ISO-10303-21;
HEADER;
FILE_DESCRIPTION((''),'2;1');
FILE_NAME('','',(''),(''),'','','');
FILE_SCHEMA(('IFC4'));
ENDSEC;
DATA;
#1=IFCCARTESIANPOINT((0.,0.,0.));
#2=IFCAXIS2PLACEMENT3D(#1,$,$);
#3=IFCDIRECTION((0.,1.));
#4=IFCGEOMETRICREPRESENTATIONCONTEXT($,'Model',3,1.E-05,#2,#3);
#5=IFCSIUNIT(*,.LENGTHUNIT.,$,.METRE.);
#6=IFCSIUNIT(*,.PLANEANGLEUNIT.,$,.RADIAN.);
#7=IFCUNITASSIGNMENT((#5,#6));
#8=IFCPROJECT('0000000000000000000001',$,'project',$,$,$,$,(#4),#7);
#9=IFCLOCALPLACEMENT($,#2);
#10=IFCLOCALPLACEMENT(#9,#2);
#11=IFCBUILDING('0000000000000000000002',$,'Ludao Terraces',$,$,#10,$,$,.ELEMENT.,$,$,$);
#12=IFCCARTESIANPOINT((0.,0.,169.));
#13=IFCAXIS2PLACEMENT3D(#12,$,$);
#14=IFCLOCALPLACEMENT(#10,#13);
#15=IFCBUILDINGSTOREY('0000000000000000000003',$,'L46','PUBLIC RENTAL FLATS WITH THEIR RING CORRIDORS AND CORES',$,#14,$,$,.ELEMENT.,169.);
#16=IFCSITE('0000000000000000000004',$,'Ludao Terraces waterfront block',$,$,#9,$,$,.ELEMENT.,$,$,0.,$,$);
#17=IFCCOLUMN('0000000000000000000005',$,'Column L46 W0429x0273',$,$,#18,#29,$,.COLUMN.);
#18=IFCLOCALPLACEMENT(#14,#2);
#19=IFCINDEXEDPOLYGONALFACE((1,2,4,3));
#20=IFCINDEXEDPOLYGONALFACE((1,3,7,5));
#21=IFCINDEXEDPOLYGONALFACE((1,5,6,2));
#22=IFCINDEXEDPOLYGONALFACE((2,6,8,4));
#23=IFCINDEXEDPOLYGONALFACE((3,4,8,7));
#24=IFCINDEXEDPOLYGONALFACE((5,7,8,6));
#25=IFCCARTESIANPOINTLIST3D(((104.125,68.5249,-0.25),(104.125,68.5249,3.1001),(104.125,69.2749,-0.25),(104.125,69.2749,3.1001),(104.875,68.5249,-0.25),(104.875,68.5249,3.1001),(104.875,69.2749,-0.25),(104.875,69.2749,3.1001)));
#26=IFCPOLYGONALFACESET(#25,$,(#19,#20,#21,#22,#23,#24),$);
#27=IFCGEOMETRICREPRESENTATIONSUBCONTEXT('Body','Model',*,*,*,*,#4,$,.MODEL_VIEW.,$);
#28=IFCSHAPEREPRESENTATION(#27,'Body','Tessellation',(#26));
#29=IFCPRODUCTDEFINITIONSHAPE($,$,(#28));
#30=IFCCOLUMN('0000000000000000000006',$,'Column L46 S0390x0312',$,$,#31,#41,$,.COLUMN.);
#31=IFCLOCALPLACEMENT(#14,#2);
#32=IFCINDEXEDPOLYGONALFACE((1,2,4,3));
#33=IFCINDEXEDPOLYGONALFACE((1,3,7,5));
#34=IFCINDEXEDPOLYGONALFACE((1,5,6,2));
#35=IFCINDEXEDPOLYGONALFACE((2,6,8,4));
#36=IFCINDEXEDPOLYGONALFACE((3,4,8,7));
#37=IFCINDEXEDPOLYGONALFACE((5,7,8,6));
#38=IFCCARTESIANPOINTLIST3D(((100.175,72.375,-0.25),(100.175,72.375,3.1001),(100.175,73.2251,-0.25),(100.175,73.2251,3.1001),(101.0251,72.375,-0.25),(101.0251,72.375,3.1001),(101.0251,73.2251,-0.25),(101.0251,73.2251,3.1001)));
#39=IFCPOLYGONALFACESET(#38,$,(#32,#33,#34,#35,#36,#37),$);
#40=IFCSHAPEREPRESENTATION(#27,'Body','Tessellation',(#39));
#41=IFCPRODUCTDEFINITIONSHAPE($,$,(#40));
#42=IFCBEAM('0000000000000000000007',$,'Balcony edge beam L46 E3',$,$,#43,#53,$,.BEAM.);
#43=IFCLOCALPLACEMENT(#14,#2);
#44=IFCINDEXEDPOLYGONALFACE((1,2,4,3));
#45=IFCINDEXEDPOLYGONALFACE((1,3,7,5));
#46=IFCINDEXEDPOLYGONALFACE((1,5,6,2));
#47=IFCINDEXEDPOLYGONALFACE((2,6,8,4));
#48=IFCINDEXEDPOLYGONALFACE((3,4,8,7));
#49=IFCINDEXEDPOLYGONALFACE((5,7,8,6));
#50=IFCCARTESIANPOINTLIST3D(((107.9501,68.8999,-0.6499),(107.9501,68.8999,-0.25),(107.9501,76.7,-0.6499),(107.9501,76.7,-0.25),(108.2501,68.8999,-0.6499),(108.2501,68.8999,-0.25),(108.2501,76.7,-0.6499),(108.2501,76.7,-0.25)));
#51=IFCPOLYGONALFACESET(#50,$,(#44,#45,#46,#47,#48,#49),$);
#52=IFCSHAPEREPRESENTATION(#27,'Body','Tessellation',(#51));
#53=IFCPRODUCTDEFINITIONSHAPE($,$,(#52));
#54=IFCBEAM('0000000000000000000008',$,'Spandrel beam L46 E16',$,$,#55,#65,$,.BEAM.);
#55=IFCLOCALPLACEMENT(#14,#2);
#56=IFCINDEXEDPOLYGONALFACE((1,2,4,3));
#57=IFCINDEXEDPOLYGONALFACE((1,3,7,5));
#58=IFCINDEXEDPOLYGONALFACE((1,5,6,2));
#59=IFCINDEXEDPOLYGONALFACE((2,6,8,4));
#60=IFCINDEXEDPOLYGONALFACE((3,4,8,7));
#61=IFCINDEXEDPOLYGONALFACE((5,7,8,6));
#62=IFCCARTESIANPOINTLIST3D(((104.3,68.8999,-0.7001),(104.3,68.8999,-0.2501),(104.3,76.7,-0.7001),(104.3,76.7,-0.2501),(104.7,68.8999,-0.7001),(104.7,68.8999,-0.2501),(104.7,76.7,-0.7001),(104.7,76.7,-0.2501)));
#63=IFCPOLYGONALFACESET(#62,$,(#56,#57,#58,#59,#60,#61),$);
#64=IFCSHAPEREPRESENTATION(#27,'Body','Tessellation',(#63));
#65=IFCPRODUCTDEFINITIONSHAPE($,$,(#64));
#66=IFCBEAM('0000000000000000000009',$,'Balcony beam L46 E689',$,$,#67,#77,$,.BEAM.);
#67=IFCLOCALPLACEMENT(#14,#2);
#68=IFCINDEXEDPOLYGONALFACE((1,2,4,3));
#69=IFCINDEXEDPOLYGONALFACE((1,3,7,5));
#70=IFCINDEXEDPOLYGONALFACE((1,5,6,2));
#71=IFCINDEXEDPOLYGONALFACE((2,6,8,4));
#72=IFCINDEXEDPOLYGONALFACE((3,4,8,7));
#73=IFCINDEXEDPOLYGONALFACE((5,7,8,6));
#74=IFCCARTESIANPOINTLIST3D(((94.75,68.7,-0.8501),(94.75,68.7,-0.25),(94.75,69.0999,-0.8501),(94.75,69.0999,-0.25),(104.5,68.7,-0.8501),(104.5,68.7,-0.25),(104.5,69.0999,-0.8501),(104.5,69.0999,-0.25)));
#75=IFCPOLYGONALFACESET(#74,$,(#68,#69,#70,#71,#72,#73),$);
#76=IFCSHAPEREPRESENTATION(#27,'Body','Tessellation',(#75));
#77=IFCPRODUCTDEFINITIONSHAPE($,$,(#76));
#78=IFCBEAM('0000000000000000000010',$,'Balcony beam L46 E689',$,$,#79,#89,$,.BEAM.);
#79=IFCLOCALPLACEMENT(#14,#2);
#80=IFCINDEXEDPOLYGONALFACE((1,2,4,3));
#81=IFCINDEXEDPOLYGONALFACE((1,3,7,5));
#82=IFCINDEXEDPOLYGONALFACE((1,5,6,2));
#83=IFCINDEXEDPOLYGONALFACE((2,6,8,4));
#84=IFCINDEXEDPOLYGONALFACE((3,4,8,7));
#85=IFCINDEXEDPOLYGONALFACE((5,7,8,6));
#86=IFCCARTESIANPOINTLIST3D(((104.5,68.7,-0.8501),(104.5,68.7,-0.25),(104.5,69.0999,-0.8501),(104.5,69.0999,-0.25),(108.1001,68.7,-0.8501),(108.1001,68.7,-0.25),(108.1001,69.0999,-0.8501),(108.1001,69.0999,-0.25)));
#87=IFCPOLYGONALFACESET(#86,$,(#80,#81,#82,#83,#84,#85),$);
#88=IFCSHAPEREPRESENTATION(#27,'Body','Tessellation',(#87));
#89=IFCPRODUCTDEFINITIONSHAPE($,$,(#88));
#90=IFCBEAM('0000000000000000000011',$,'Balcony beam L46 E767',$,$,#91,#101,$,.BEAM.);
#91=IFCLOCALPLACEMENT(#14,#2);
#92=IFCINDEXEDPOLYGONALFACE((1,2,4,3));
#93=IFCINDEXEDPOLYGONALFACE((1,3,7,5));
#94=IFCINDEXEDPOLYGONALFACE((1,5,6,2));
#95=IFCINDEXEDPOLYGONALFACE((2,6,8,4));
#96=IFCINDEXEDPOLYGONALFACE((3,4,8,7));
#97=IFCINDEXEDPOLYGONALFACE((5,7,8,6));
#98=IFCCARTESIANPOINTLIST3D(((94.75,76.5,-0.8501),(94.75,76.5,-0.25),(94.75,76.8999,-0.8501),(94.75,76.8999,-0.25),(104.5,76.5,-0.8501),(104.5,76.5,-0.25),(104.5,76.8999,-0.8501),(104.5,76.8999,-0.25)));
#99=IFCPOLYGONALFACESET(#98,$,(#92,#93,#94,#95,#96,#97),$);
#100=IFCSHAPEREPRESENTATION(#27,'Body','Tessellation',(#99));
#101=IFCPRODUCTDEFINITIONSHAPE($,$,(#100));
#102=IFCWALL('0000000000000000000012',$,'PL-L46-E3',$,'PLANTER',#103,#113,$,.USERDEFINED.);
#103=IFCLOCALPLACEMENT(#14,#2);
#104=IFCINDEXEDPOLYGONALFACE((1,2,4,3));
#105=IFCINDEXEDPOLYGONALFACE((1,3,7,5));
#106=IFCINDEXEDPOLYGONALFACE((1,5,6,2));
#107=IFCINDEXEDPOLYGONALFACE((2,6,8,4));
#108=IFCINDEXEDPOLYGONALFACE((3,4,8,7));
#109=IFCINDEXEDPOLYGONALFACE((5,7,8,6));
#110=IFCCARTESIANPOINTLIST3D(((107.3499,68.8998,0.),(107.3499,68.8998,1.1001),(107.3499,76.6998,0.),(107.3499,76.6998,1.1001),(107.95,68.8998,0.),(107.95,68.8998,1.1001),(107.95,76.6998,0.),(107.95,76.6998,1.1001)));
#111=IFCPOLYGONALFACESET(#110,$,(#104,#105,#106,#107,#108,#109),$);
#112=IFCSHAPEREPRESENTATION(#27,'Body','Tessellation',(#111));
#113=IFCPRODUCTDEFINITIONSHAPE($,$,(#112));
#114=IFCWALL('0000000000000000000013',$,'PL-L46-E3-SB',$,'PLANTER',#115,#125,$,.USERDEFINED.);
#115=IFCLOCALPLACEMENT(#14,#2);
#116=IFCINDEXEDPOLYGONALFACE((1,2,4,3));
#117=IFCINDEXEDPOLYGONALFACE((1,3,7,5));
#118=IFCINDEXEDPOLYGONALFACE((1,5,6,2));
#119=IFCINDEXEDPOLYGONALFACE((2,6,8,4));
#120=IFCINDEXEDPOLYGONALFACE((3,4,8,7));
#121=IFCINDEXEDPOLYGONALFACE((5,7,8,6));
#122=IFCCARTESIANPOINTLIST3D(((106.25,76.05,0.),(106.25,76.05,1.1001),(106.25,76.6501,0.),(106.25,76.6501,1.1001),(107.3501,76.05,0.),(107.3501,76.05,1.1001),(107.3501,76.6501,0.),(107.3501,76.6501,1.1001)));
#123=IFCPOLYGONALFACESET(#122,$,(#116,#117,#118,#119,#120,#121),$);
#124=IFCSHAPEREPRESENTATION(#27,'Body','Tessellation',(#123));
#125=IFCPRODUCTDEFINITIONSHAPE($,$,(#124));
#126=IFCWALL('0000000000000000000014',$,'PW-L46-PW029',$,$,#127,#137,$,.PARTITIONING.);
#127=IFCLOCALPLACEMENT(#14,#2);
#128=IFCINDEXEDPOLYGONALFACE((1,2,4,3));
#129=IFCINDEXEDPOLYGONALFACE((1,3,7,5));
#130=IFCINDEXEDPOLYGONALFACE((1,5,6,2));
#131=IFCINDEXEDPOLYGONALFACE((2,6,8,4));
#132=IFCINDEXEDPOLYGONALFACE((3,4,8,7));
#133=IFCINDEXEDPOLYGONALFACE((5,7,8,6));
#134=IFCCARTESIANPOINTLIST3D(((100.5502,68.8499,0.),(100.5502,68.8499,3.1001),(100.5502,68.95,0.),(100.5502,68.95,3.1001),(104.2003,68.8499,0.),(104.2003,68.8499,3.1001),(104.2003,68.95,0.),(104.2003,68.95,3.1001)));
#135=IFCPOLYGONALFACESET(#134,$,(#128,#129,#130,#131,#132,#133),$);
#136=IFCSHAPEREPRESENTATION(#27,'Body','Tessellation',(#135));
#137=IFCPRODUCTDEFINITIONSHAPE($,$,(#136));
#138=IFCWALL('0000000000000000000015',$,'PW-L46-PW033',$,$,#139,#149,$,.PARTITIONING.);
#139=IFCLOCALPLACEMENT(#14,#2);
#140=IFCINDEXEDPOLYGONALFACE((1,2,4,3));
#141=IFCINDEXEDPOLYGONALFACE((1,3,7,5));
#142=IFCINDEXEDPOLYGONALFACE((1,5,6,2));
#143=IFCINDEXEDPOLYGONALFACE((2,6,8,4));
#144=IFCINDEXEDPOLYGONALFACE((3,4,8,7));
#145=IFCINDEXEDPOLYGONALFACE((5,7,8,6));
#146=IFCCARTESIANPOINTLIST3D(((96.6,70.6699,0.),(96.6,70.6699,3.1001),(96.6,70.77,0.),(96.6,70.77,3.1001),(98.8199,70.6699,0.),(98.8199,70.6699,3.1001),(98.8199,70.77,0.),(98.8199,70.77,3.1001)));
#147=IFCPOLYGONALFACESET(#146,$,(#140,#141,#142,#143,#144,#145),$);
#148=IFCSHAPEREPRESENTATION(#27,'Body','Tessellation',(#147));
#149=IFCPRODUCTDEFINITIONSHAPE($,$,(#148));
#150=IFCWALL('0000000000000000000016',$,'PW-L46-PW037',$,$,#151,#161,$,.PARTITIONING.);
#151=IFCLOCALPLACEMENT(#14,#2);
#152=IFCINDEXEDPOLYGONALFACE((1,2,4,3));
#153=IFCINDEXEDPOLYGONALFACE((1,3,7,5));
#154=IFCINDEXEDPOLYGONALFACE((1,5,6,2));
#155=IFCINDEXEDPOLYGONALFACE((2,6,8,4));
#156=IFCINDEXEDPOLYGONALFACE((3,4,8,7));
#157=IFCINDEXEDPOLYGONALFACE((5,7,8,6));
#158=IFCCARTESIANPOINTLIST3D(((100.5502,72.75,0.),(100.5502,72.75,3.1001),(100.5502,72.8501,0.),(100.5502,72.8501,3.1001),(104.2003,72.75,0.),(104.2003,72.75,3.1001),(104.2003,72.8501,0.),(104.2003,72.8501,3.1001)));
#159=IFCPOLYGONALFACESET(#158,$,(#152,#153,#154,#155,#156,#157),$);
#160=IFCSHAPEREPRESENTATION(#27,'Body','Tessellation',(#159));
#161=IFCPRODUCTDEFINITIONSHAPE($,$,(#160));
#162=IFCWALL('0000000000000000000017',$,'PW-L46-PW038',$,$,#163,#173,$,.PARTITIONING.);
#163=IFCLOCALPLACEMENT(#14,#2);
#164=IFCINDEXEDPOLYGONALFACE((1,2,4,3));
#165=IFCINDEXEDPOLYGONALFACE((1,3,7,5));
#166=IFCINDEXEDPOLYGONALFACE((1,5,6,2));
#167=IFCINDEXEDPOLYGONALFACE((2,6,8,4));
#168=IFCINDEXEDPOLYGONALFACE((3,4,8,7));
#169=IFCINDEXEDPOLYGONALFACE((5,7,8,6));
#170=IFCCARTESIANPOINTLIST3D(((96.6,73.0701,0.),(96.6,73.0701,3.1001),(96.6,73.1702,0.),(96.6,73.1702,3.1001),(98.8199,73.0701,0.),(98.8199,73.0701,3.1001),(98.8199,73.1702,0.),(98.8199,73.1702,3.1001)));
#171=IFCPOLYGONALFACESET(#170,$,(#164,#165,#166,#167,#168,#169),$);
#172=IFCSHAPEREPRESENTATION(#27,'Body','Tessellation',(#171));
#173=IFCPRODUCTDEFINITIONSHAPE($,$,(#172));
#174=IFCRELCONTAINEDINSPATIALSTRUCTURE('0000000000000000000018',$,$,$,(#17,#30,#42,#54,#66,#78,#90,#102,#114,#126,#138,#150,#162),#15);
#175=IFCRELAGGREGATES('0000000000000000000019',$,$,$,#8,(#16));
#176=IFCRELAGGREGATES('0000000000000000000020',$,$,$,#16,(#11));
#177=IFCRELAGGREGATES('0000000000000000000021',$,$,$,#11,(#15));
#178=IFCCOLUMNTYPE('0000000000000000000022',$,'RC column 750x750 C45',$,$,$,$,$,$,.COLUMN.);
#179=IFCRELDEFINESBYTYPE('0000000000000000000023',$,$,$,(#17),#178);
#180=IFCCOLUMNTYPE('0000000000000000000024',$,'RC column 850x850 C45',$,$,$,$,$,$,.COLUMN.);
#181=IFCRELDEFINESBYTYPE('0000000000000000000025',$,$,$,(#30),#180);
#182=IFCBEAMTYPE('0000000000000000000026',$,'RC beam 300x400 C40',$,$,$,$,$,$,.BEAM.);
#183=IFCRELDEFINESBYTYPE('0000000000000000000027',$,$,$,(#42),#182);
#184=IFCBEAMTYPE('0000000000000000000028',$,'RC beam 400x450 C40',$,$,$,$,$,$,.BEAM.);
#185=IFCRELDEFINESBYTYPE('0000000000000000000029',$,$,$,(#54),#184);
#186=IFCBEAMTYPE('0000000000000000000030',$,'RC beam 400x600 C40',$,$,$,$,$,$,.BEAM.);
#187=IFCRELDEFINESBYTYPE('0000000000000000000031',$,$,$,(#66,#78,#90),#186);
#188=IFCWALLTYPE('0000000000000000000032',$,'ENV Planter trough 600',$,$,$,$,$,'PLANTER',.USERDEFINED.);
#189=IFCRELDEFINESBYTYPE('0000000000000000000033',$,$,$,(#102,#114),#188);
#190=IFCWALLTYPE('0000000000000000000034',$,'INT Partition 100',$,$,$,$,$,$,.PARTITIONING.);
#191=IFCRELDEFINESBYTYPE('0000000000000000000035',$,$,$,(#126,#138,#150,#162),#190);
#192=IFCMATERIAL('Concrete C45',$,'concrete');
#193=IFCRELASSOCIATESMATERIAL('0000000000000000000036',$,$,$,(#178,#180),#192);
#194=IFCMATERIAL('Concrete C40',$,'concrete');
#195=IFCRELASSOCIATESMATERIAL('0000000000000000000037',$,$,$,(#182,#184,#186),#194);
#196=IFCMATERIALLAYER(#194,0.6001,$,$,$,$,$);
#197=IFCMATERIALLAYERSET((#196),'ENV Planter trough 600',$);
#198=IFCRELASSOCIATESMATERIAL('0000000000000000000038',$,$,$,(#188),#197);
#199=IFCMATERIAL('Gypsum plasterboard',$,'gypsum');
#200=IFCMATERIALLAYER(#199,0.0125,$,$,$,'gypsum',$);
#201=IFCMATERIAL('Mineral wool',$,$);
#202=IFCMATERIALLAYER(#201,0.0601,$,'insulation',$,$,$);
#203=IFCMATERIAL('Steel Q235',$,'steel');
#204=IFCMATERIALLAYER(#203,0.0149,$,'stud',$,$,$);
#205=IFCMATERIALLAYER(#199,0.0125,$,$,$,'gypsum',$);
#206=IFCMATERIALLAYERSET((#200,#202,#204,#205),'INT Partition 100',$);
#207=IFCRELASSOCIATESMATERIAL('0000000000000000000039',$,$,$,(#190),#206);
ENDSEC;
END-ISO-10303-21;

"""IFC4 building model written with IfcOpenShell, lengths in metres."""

from ifc_helpers import new_model, si_unit, direction, frame, frame_2d, origin, origin_2d, place, context, subcontext, project, spatial, rectangle, extrude, material, layer, layer_set, material_profile, profile_set, type_object, element, save


model = new_model("IFC4")

# Units and contexts
model_context = context("Model", 3, precision=1e-05, world=origin(), true_north=direction((0.0, 1.0)))
body_context = subcontext(model_context, "Body", "Model", "MODEL_VIEW")
ifc_project = project(units=[si_unit("LENGTHUNIT", "METRE"), si_unit("PLANEANGLEUNIT", "RADIAN")], contexts=[model_context])

# Site, building, storey
site_placement = place(None, origin())
site = spatial("IfcSite", under=ifc_project, at=site_placement, Name="Ludao Terraces waterfront block", CompositionType="ELEMENT", RefElevation=0.0)
building_placement = place(site_placement, origin())
building = spatial("IfcBuilding", under=site, at=building_placement, Name="Ludao Terraces", CompositionType="ELEMENT")
storey_placement = place(building_placement, frame((0.0, 0.0, 169.0)))
storey = spatial("IfcBuildingStorey", under=building, at=storey_placement, Name="L46", Description="PUBLIC RENTAL FLATS WITH THEIR RING CORRIDORS AND CORES", CompositionType="ELEMENT", Elevation=169.0)

# Columns
ifc_material_1 = material(Name="Concrete C45", Category="concrete")
ifc_material_profile_1 = material_profile(ifc_material_1, rectangle(XDim=0.75, YDim=0.75, at=origin_2d()), Name="750 X 750")
ifc_profile_set_1 = profile_set([ifc_material_profile_1], Name="Concrete C45")
column_type_1 = type_object("IfcColumnType", Name="RC column 750x750 C45", PredefinedType="COLUMN", material=ifc_profile_set_1)
column_1_placement = place(storey_placement, frame((104.5, 68.8999, -0.25), z_axis=(0.0, 0.0, 1.0), x_axis=(1.0, 0.0, 0.0)))
element("IfcColumn", 1, at=column_1_placement, inside=storey, type_object=column_type_1, Name="Column L46 W0429x0273", PredefinedType="COLUMN", context=body_context, shape_type="SweptSolid", body=[
    extrude(rectangle(XDim=0.75, YDim=0.75, at=origin_2d()), origin(), (0.0, 0.0, 1.0), 3.3501),
])
ifc_material_profile_2 = material_profile(ifc_material_1, rectangle(XDim=0.8501, YDim=0.8501, at=origin_2d()), Name="850 X 850")
ifc_profile_set_2 = profile_set([ifc_material_profile_2], Name="Concrete C45")
column_type_2 = type_object("IfcColumnType", Name="RC column 850x850 C45", PredefinedType="COLUMN", material=ifc_profile_set_2)
column_2_placement = place(storey_placement, frame((100.6001, 72.8, -0.25), z_axis=(0.0, 0.0, 1.0), x_axis=(1.0, 0.0, 0.0)))
element("IfcColumn", 2, at=column_2_placement, inside=storey, type_object=column_type_2, Name="Column L46 S0390x0312", PredefinedType="COLUMN", context=body_context, shape_type="SweptSolid", body=[
    extrude(rectangle(XDim=0.8501, YDim=0.8501, at=origin_2d()), origin(), (0.0, 0.0, 1.0), 3.3501),
])

# Beams
ifc_material_2 = material(Name="Concrete C40", Category="concrete")
ifc_material_profile_3 = material_profile(ifc_material_2, rectangle(XDim=0.3, YDim=0.3999, at=origin_2d()), Name="300 X 400")
ifc_profile_set_3 = profile_set([ifc_material_profile_3], Name="Concrete C40")
beam_type_1 = type_object("IfcBeamType", Name="RC beam 300x400 C40", PredefinedType="BEAM", material=ifc_profile_set_3)
beam_1_placement = place(storey_placement, frame((108.1001, 68.8999, -0.45), z_axis=(0.0, 1.0, 0.0), x_axis=(-1.0, 0.0, 0.0)))
element("IfcBeam", 3, at=beam_1_placement, inside=storey, type_object=beam_type_1, Name="Balcony edge beam L46 E3", PredefinedType="BEAM", context=body_context, shape_type="SweptSolid", body=[
    extrude(rectangle(XDim=0.3, YDim=0.3999, at=origin_2d()), origin(), (0.0, 0.0, 1.0), 7.8),
])
ifc_material_profile_4 = material_profile(ifc_material_2, rectangle(XDim=0.3999, YDim=0.45, at=origin_2d()), Name="400 X 450")
ifc_profile_set_4 = profile_set([ifc_material_profile_4], Name="Concrete C40")
beam_type_2 = type_object("IfcBeamType", Name="RC beam 400x450 C40", PredefinedType="BEAM", material=ifc_profile_set_4)
beam_2_placement = place(storey_placement, frame((104.5, 68.8999, -0.4751), z_axis=(0.0, 1.0, 0.0), x_axis=(-1.0, 0.0, 0.0)))
element("IfcBeam", 4, at=beam_2_placement, inside=storey, type_object=beam_type_2, Name="Spandrel beam L46 E16", PredefinedType="BEAM", context=body_context, shape_type="SweptSolid", body=[
    extrude(rectangle(XDim=0.3999, YDim=0.45, at=origin_2d()), origin(), (0.0, 0.0, 1.0), 7.8),
])
ifc_material_profile_5 = material_profile(ifc_material_2, rectangle(XDim=0.3999, YDim=0.6001, at=origin_2d()), Name="400 X 600")
ifc_profile_set_5 = profile_set([ifc_material_profile_5], Name="Concrete C40")
beam_type_3 = type_object("IfcBeamType", Name="RC beam 400x600 C40", PredefinedType="BEAM", material=ifc_profile_set_5)
beam_3_placement = place(storey_placement, frame((94.75, 68.8999, -0.55), z_axis=(1.0, 0.0, 0.0), x_axis=(0.0, 1.0, 0.0)))
element("IfcBeam", 5, at=beam_3_placement, inside=storey, type_object=beam_type_3, Name="Balcony beam L46 E689", PredefinedType="BEAM", context=body_context, shape_type="SweptSolid", body=[
    extrude(rectangle(XDim=0.3999, YDim=0.6001, at=origin_2d()), origin(), (0.0, 0.0, 1.0), 9.75),
])
beam_4_placement = place(storey_placement, frame((104.5, 68.8999, -0.55), z_axis=(1.0, 0.0, 0.0), x_axis=(0.0, 1.0, 0.0)))
element("IfcBeam", 6, at=beam_4_placement, inside=storey, type_object=beam_type_3, Name="Balcony beam L46 E689", PredefinedType="BEAM", context=body_context, shape_type="SweptSolid", body=[
    extrude(rectangle(XDim=0.3999, YDim=0.6001, at=origin_2d()), origin(), (0.0, 0.0, 1.0), 3.6001),
])
beam_5_placement = place(storey_placement, frame((94.75, 76.7, -0.55), z_axis=(1.0, 0.0, 0.0), x_axis=(0.0, 1.0, 0.0)))
element("IfcBeam", 7, at=beam_5_placement, inside=storey, type_object=beam_type_3, Name="Balcony beam L46 E767", PredefinedType="BEAM", context=body_context, shape_type="SweptSolid", body=[
    extrude(rectangle(XDim=0.3999, YDim=0.6001, at=origin_2d()), origin(), (0.0, 0.0, 1.0), 9.75),
])

# Walls
ifc_layer_1 = layer(ifc_material_2, 0.6001)
ifc_layer_set_1 = layer_set([ifc_layer_1], Name="ENV Planter trough 600")
wall_type_1 = type_object("IfcWallType", Name="ENV Planter trough 600", ElementType="PLANTER", PredefinedType="USERDEFINED", material=ifc_layer_set_1)
wall_1_placement = place(storey_placement, frame((107.6499, 68.8999, 0.0), z_axis=(0.0, 0.0, 1.0), x_axis=(0.0, 1.0, 0.0)))
element("IfcWall", 8, at=wall_1_placement, inside=storey, type_object=wall_type_1, Name="PL-L46-E3", ObjectType="PLANTER", PredefinedType="USERDEFINED", context=body_context, shape_type="SweptSolid", body=[
    extrude(rectangle(XDim=7.8, YDim=0.6001, at=frame_2d((3.8999, 0.0))), origin(), (0.0, 0.0, 1.0), 1.1001),
])
wall_2_placement = place(storey_placement, frame((107.3501, 76.3501, 0.0), z_axis=(0.0, 0.0, 1.0), x_axis=(-1.0, 0.0, 0.0)))
element("IfcWall", 9, at=wall_2_placement, inside=storey, type_object=wall_type_1, Name="PL-L46-E3-SB", ObjectType="PLANTER", PredefinedType="USERDEFINED", context=body_context, shape_type="SweptSolid", body=[
    extrude(rectangle(XDim=1.1001, YDim=0.6001, at=frame_2d((0.55, 0.0))), origin(), (0.0, 0.0, 1.0), 1.1001),
])

# Shared definitions
ifc_material_3 = material(Name="Mineral wool")

# Walls
ifc_material_4 = material(Name="Gypsum plasterboard", Category="gypsum")
ifc_layer_2 = layer(ifc_material_4, 0.0125, Category="gypsum")
ifc_layer_3 = layer(ifc_material_3, 0.0601, Name="insulation")
ifc_material_5 = material(Name="Steel Q235", Category="steel")
ifc_layer_4 = layer(ifc_material_5, 0.0149, Name="stud")
ifc_layer_5 = layer(ifc_material_4, 0.0125, Category="gypsum")
ifc_layer_set_2 = layer_set([ifc_layer_2, ifc_layer_3, ifc_layer_4, ifc_layer_5], Name="INT Partition 100")
wall_type_2 = type_object("IfcWallType", Name="INT Partition 100", PredefinedType="PARTITIONING", material=ifc_layer_set_2)
wall_3_placement = place(storey_placement, frame((100.55, 68.8999, 0.0), z_axis=(0.0, 0.0, 1.0), x_axis=(1.0, 0.0, 0.0)))
element("IfcWall", 10, at=wall_3_placement, inside=storey, type_object=wall_type_2, Name="PW-L46-PW029", PredefinedType="PARTITIONING", context=body_context, shape_type="SweptSolid", body=[
    extrude(rectangle(XDim=3.6501, YDim=0.1001, at=frame_2d((1.8252, 0.0))), origin(), (0.0, 0.0, 1.0), 3.1001),
])
wall_4_placement = place(storey_placement, frame((96.6001, 70.72, 0.0), z_axis=(0.0, 0.0, 1.0), x_axis=(1.0, 0.0, 0.0)))
element("IfcWall", 11, at=wall_4_placement, inside=storey, type_object=wall_type_2, Name="PW-L46-PW033", PredefinedType="PARTITIONING", context=body_context, shape_type="SweptSolid", body=[
    extrude(rectangle(XDim=2.22, YDim=0.1001, at=frame_2d((1.1099, 0.0))), origin(), (0.0, 0.0, 1.0), 3.1001),
])
wall_5_placement = place(storey_placement, frame((100.55, 72.8, 0.0), z_axis=(0.0, 0.0, 1.0), x_axis=(1.0, 0.0, 0.0)))
element("IfcWall", 12, at=wall_5_placement, inside=storey, type_object=wall_type_2, Name="PW-L46-PW037", PredefinedType="PARTITIONING", context=body_context, shape_type="SweptSolid", body=[
    extrude(rectangle(XDim=3.6501, YDim=0.1001, at=frame_2d((1.8252, 0.0))), origin(), (0.0, 0.0, 1.0), 3.1001),
])
for number, where, z_axis, x_axis, name in (
    (13, (96.6001, 73.1201, 0.0), (0.0, 0.0, 1.0), (1.0, 0.0, 0.0), "PW-L46-PW038"),
):
    element("IfcWall", number, at=place(storey_placement, frame(where, z_axis=z_axis, x_axis=x_axis)), inside=storey, type_object=wall_type_2, Name=name, PredefinedType="PARTITIONING", context=body_context, shape_type="SweptSolid", body=[
        extrude(rectangle(XDim=2.22, YDim=0.1001, at=frame_2d((1.1099, 0.0))), origin(), (0.0, 0.0, 1.0), 3.1001),
    ])

save(model, "model.ifc")
